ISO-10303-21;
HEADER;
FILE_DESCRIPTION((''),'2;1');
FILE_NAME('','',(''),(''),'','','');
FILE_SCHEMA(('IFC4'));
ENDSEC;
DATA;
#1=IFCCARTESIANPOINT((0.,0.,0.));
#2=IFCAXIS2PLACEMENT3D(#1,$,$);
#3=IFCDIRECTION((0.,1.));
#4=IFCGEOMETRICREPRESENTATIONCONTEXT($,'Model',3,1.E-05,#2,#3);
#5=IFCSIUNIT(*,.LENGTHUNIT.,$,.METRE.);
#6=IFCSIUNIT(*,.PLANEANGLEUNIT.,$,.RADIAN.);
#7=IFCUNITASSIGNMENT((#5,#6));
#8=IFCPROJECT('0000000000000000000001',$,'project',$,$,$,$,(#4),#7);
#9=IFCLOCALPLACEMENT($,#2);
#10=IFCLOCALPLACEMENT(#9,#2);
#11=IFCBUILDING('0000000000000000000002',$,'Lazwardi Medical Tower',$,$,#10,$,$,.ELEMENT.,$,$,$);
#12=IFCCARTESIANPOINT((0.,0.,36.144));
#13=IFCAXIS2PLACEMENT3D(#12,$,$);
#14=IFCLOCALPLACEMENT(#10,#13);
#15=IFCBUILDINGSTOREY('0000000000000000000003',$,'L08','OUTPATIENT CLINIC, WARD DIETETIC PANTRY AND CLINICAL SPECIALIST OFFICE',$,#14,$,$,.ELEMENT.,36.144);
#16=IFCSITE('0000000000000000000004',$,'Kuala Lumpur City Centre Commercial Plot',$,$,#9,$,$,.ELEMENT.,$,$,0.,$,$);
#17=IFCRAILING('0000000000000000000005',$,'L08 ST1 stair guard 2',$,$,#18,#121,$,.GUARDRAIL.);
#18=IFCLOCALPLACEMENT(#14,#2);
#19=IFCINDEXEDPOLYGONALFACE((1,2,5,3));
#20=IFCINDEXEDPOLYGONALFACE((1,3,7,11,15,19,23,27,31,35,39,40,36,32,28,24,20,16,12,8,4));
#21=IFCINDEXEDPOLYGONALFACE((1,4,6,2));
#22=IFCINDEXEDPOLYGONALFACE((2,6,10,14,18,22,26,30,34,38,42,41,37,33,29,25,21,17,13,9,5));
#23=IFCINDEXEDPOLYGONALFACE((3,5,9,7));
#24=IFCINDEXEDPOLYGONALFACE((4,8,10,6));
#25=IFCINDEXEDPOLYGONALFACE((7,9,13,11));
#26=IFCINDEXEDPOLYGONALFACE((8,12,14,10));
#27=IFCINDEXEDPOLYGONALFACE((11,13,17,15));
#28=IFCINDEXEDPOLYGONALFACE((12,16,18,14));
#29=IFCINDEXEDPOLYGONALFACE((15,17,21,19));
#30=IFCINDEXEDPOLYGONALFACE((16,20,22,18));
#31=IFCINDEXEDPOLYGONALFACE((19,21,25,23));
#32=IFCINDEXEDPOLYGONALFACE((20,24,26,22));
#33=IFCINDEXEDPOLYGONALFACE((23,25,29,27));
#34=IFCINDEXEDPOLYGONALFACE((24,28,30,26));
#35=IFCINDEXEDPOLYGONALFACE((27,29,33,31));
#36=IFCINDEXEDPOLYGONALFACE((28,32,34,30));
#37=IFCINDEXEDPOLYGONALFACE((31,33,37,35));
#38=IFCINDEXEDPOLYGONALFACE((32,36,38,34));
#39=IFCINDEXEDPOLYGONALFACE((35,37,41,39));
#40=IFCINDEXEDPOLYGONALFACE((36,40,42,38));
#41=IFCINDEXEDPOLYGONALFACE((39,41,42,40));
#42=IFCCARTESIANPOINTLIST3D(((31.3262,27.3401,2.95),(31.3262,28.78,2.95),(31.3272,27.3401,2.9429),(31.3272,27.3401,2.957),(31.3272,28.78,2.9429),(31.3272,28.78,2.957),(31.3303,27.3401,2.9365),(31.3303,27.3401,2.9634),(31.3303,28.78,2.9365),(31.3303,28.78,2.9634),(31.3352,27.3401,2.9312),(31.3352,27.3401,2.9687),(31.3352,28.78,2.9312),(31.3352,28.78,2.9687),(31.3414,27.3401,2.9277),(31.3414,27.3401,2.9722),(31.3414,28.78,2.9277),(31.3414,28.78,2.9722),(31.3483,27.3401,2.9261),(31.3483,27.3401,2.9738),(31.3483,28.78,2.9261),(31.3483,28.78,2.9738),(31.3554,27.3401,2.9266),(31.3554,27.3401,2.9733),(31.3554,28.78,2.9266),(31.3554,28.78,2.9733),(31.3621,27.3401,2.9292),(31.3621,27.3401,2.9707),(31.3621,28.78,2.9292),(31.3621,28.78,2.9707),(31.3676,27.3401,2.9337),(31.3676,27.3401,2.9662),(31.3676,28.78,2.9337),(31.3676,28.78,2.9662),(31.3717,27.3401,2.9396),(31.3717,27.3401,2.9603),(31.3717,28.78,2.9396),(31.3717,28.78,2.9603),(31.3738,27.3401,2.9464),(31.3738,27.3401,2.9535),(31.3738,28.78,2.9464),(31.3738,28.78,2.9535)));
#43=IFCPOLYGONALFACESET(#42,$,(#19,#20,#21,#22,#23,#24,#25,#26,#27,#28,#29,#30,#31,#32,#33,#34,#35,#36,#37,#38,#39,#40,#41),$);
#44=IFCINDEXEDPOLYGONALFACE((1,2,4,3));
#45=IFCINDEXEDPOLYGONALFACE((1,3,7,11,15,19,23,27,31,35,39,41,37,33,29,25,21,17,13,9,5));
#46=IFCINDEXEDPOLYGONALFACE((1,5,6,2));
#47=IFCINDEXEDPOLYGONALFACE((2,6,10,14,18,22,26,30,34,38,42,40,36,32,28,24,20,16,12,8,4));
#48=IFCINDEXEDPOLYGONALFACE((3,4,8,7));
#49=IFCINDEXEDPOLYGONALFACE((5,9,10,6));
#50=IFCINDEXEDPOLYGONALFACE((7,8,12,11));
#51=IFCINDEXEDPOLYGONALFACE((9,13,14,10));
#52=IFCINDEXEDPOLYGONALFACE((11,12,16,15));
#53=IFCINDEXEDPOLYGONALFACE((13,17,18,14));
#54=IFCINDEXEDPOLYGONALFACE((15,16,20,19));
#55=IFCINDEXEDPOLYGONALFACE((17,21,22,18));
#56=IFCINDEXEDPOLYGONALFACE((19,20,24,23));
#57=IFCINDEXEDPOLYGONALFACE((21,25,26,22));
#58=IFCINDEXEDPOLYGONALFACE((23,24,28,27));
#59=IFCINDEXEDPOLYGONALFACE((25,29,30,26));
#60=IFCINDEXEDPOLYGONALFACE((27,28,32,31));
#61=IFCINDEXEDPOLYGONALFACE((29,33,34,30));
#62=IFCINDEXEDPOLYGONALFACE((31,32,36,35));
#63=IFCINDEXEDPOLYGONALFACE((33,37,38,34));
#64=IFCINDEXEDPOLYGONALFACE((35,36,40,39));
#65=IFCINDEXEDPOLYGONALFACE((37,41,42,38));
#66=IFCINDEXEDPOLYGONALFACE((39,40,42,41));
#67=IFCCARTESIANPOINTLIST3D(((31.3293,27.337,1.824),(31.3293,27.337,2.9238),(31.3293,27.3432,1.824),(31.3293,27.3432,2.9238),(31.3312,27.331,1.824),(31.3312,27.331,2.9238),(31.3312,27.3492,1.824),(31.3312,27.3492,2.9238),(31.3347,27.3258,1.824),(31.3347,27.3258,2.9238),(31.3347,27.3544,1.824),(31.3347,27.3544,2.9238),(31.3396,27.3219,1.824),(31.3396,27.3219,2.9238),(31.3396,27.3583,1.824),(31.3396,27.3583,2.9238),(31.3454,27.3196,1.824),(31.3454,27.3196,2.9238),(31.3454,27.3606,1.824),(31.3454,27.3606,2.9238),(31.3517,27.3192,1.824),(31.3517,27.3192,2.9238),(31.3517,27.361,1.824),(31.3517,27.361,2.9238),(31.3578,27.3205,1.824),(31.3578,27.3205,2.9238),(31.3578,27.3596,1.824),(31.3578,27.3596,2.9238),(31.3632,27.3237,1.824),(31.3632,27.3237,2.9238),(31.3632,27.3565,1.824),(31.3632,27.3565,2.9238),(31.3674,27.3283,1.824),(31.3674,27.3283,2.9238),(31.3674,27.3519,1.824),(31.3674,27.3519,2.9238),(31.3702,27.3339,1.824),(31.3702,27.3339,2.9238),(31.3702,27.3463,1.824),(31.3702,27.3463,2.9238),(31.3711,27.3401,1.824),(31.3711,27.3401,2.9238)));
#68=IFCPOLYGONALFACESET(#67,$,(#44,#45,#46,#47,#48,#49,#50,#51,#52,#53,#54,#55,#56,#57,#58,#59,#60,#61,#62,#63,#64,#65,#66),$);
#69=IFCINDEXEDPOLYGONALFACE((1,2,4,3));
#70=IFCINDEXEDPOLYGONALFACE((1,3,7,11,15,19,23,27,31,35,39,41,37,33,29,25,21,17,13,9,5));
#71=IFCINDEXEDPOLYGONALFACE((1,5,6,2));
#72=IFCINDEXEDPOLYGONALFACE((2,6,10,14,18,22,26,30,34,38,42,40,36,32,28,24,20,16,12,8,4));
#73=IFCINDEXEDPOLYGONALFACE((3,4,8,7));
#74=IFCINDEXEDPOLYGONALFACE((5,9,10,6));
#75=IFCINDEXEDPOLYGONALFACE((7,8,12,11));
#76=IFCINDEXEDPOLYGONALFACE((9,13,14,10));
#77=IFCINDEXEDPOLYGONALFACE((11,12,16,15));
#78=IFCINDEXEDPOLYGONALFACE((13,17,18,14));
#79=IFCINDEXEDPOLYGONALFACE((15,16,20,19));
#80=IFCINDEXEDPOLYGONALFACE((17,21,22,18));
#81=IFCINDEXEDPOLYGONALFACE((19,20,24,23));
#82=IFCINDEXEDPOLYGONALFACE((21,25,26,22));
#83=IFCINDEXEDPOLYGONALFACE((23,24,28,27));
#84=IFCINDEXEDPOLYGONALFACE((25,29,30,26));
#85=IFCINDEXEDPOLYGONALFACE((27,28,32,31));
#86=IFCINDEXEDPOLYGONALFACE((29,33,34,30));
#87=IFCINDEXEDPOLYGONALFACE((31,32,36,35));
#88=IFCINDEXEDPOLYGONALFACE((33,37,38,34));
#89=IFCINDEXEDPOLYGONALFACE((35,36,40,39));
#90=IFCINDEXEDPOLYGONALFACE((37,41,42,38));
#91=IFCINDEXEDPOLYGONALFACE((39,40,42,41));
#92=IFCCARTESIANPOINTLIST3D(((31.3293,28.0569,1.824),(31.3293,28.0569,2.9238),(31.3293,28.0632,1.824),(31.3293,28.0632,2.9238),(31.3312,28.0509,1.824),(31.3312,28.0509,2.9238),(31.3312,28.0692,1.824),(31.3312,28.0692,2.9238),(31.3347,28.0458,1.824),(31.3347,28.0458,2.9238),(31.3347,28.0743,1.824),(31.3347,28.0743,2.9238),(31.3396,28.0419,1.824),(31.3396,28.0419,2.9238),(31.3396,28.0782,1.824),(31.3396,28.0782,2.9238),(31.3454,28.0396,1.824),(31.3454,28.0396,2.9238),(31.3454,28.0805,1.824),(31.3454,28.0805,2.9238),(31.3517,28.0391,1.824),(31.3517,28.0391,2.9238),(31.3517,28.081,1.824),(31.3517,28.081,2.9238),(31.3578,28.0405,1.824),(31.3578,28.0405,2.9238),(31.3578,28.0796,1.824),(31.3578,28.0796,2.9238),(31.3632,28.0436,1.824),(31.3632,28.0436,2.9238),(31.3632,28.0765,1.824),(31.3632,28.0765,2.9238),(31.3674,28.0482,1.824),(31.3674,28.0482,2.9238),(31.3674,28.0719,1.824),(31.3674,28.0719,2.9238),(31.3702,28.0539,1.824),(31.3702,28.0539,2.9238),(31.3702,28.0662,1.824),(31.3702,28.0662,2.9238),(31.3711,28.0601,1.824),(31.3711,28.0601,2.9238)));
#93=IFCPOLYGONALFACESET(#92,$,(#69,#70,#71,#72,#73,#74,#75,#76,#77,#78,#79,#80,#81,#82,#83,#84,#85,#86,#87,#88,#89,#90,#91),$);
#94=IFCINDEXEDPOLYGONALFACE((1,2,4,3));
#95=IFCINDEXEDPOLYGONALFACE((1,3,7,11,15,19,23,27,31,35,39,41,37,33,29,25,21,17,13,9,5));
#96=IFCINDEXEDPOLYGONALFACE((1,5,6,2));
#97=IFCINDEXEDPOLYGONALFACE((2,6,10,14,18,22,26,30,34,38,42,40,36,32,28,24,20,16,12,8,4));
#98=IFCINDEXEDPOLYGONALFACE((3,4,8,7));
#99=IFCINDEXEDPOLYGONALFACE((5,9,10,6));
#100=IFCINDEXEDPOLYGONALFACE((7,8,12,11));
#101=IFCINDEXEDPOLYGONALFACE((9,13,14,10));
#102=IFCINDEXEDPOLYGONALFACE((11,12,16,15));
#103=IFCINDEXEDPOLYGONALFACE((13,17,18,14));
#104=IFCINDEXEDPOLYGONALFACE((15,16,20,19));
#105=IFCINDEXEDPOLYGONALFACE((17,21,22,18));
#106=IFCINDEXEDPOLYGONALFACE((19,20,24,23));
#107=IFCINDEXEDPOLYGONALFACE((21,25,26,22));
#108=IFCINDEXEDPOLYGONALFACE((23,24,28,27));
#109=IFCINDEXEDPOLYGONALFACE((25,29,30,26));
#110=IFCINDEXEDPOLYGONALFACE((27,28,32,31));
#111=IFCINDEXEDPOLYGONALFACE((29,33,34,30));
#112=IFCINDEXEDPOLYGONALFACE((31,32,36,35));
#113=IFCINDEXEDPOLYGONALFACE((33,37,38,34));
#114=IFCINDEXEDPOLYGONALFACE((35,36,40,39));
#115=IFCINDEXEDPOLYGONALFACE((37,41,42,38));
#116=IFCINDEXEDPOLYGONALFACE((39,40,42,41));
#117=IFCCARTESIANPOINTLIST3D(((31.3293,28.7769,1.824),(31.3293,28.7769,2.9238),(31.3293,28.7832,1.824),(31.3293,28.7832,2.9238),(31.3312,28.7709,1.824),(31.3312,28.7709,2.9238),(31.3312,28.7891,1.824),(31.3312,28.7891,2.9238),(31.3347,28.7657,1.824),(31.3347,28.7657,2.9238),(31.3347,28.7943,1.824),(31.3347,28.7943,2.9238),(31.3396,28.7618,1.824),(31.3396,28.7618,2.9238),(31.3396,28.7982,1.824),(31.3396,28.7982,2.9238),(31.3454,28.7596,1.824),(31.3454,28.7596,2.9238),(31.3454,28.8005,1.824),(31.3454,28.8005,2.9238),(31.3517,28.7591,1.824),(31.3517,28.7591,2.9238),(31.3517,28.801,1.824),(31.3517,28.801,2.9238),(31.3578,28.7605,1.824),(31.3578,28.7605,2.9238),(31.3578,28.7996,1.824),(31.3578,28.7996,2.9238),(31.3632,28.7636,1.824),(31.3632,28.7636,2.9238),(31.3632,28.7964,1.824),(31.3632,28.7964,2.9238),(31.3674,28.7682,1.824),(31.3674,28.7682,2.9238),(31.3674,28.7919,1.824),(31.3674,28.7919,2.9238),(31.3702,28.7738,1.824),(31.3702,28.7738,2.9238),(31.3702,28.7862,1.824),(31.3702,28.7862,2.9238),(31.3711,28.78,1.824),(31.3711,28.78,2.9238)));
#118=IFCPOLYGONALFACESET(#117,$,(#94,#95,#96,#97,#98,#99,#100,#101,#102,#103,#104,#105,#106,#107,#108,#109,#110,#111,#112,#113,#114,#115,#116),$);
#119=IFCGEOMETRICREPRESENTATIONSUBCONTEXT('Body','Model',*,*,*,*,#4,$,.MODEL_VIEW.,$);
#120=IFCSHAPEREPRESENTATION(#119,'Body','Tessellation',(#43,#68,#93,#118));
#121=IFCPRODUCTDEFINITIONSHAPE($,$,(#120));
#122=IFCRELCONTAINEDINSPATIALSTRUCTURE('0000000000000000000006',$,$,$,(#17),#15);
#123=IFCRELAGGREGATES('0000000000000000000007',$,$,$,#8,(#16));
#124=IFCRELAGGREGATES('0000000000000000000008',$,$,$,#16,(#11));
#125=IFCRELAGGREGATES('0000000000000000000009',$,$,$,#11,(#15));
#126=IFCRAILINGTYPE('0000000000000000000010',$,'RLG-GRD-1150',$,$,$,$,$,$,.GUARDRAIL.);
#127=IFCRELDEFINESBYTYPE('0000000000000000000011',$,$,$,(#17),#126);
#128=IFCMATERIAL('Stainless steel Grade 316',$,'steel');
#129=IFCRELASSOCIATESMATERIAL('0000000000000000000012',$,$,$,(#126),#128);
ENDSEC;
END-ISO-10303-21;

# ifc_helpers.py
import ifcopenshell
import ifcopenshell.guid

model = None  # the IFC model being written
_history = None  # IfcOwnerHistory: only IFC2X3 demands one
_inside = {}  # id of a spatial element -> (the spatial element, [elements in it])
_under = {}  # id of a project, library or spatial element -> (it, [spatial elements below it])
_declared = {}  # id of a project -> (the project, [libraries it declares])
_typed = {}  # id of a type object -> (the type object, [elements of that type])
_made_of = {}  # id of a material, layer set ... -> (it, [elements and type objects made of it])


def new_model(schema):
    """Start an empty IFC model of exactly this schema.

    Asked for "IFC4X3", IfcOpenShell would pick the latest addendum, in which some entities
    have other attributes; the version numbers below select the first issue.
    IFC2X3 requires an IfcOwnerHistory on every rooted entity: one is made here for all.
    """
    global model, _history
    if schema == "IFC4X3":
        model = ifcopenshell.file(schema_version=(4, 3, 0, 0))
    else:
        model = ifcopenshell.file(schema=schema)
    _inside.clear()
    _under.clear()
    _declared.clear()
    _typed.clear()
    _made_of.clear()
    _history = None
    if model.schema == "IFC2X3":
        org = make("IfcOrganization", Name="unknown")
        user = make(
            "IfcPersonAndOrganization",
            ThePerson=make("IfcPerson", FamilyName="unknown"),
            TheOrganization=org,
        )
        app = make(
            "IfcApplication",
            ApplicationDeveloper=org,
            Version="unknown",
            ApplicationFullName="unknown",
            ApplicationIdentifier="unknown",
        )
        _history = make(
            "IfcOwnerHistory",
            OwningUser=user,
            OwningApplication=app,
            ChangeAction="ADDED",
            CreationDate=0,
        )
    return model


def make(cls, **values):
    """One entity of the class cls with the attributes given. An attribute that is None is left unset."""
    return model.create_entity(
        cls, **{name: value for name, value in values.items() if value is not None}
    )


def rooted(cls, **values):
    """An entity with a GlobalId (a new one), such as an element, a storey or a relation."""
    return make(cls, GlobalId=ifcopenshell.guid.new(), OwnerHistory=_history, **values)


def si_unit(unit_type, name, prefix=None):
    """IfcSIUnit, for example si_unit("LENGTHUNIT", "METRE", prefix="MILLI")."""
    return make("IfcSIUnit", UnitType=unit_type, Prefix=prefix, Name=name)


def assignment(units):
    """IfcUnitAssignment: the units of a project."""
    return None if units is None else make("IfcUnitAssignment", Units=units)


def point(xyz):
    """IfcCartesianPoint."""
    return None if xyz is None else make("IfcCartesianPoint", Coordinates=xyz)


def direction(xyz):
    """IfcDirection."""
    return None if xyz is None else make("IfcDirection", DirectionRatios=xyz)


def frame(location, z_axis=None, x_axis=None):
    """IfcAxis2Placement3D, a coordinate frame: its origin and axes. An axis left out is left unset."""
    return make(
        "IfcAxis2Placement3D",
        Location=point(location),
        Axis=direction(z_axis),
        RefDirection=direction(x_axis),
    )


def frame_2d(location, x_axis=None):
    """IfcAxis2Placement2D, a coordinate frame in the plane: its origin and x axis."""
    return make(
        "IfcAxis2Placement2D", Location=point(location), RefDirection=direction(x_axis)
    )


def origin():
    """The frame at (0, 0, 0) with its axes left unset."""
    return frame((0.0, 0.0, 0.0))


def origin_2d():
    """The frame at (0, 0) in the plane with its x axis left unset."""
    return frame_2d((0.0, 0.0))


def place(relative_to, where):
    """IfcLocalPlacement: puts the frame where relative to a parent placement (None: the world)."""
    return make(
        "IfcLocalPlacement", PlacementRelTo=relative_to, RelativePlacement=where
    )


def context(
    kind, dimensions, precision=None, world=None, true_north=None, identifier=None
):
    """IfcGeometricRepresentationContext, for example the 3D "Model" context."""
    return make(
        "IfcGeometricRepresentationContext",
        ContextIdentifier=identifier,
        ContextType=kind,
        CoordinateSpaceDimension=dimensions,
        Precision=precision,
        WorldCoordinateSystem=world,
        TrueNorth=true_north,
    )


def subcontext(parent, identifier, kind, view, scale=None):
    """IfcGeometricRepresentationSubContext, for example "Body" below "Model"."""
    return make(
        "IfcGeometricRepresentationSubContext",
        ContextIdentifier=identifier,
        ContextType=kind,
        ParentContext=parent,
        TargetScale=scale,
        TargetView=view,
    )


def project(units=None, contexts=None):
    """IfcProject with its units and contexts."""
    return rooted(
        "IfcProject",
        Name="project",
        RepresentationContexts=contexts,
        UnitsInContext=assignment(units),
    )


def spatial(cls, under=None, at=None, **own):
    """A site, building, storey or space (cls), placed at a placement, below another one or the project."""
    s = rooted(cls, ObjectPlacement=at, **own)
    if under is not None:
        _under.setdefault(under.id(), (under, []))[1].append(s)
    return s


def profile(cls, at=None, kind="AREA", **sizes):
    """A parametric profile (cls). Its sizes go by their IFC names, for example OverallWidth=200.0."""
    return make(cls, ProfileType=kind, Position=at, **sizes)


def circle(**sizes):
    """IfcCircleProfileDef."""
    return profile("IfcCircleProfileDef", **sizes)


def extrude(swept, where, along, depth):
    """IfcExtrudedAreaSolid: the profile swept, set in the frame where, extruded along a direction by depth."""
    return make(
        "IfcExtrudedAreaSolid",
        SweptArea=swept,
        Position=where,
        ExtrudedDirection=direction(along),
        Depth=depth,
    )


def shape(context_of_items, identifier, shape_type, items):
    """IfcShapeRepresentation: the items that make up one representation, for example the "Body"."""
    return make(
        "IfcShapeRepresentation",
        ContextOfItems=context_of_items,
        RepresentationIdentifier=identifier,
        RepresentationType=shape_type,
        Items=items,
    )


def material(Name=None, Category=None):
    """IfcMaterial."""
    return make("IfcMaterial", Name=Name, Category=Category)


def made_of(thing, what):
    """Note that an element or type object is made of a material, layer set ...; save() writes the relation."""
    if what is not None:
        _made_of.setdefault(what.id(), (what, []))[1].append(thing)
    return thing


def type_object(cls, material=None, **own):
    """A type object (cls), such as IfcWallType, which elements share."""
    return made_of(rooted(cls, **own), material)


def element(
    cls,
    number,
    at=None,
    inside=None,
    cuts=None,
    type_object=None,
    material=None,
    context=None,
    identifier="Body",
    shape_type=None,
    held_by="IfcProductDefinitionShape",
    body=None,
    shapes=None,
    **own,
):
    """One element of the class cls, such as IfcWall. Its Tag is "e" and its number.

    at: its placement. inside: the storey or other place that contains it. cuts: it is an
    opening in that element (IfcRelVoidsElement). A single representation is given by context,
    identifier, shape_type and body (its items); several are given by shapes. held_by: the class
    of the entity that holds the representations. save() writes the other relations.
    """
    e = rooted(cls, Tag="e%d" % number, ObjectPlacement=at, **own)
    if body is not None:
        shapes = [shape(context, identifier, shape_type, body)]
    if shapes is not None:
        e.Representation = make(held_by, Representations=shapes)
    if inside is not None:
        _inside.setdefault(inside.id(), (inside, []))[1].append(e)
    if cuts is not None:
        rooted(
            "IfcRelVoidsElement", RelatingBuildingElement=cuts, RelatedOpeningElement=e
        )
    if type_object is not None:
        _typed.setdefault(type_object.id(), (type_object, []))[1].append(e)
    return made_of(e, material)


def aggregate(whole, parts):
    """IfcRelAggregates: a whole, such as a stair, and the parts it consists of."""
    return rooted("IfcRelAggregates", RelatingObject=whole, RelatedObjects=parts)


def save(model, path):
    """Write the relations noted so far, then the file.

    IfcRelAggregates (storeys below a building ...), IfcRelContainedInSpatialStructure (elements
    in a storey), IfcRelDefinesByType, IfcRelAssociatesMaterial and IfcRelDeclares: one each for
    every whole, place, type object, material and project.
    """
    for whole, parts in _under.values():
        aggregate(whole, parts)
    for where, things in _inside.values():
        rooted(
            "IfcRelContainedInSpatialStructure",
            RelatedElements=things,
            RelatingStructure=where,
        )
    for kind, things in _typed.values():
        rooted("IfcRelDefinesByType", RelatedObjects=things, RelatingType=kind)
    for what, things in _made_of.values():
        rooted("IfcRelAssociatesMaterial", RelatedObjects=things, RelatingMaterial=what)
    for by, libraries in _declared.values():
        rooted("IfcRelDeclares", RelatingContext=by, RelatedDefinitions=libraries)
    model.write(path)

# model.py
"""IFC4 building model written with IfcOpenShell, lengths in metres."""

from ifc_helpers import new_model, si_unit, direction, frame, origin, origin_2d, place, context, subcontext, project, spatial, circle, extrude, material, type_object, element, save


model = new_model("IFC4")

# Units and contexts
model_context = context("Model", 3, precision=1e-05, world=origin(), true_north=direction((0.0, 1.0)))
body_context = subcontext(model_context, "Body", "Model", "MODEL_VIEW")
ifc_project = project(units=[si_unit("LENGTHUNIT", "METRE"), si_unit("PLANEANGLEUNIT", "RADIAN")], contexts=[model_context])

# Site, building, storey
site_placement = place(None, origin())
site = spatial("IfcSite", under=ifc_project, at=site_placement, Name="Kuala Lumpur City Centre Commercial Plot", CompositionType="ELEMENT", RefElevation=0.0)
building_placement = place(site_placement, origin())
building = spatial("IfcBuilding", under=site, at=building_placement, Name="Lazwardi Medical Tower", CompositionType="ELEMENT")
storey_placement = place(building_placement, frame((0.0, 0.0, 36.144)))
storey = spatial("IfcBuildingStorey", under=building, at=storey_placement, Name="L08", Description="OUTPATIENT CLINIC, WARD DIETETIC PANTRY AND CLINICAL SPECIALIST OFFICE", CompositionType="ELEMENT", Elevation=36.144)

# Railing
ifc_material_1 = material(Name="Stainless steel Grade 316", Category="steel")
railing_type_1 = type_object("IfcRailingType", Name="RLG-GRD-1150", PredefinedType="GUARDRAIL", material=ifc_material_1)
railing_1_placement = place(storey_placement, frame((31.3501, 27.3401, 1.824)))
element("IfcRailing", 1, at=railing_1_placement, inside=storey, type_object=railing_type_1, Name="L08 ST1 stair guard 2", PredefinedType="GUARDRAIL", context=body_context, shape_type="SweptSolid", body=[
    extrude(circle(Radius=0.0239, at=origin_2d()), frame((0.0, 0.0, 1.126), z_axis=(0.0, 1.0, 0.0), x_axis=(-1.0, 0.0, 0.0)), (0.0, 0.0, 1.0), 1.4399),
    extrude(circle(Radius=0.021, at=origin_2d()), origin(), (0.0, 0.0, 1.0), 1.0999),
    extrude(circle(Radius=0.021, at=origin_2d()), frame((0.0, 0.72, 0.0)), (0.0, 0.0, 1.0), 1.0999),
    extrude(circle(Radius=0.021, at=origin_2d()), frame((0.0, 1.4399, 0.0)), (0.0, 0.0, 1.0), 1.0999),
])

save(model, "model.ifc")
